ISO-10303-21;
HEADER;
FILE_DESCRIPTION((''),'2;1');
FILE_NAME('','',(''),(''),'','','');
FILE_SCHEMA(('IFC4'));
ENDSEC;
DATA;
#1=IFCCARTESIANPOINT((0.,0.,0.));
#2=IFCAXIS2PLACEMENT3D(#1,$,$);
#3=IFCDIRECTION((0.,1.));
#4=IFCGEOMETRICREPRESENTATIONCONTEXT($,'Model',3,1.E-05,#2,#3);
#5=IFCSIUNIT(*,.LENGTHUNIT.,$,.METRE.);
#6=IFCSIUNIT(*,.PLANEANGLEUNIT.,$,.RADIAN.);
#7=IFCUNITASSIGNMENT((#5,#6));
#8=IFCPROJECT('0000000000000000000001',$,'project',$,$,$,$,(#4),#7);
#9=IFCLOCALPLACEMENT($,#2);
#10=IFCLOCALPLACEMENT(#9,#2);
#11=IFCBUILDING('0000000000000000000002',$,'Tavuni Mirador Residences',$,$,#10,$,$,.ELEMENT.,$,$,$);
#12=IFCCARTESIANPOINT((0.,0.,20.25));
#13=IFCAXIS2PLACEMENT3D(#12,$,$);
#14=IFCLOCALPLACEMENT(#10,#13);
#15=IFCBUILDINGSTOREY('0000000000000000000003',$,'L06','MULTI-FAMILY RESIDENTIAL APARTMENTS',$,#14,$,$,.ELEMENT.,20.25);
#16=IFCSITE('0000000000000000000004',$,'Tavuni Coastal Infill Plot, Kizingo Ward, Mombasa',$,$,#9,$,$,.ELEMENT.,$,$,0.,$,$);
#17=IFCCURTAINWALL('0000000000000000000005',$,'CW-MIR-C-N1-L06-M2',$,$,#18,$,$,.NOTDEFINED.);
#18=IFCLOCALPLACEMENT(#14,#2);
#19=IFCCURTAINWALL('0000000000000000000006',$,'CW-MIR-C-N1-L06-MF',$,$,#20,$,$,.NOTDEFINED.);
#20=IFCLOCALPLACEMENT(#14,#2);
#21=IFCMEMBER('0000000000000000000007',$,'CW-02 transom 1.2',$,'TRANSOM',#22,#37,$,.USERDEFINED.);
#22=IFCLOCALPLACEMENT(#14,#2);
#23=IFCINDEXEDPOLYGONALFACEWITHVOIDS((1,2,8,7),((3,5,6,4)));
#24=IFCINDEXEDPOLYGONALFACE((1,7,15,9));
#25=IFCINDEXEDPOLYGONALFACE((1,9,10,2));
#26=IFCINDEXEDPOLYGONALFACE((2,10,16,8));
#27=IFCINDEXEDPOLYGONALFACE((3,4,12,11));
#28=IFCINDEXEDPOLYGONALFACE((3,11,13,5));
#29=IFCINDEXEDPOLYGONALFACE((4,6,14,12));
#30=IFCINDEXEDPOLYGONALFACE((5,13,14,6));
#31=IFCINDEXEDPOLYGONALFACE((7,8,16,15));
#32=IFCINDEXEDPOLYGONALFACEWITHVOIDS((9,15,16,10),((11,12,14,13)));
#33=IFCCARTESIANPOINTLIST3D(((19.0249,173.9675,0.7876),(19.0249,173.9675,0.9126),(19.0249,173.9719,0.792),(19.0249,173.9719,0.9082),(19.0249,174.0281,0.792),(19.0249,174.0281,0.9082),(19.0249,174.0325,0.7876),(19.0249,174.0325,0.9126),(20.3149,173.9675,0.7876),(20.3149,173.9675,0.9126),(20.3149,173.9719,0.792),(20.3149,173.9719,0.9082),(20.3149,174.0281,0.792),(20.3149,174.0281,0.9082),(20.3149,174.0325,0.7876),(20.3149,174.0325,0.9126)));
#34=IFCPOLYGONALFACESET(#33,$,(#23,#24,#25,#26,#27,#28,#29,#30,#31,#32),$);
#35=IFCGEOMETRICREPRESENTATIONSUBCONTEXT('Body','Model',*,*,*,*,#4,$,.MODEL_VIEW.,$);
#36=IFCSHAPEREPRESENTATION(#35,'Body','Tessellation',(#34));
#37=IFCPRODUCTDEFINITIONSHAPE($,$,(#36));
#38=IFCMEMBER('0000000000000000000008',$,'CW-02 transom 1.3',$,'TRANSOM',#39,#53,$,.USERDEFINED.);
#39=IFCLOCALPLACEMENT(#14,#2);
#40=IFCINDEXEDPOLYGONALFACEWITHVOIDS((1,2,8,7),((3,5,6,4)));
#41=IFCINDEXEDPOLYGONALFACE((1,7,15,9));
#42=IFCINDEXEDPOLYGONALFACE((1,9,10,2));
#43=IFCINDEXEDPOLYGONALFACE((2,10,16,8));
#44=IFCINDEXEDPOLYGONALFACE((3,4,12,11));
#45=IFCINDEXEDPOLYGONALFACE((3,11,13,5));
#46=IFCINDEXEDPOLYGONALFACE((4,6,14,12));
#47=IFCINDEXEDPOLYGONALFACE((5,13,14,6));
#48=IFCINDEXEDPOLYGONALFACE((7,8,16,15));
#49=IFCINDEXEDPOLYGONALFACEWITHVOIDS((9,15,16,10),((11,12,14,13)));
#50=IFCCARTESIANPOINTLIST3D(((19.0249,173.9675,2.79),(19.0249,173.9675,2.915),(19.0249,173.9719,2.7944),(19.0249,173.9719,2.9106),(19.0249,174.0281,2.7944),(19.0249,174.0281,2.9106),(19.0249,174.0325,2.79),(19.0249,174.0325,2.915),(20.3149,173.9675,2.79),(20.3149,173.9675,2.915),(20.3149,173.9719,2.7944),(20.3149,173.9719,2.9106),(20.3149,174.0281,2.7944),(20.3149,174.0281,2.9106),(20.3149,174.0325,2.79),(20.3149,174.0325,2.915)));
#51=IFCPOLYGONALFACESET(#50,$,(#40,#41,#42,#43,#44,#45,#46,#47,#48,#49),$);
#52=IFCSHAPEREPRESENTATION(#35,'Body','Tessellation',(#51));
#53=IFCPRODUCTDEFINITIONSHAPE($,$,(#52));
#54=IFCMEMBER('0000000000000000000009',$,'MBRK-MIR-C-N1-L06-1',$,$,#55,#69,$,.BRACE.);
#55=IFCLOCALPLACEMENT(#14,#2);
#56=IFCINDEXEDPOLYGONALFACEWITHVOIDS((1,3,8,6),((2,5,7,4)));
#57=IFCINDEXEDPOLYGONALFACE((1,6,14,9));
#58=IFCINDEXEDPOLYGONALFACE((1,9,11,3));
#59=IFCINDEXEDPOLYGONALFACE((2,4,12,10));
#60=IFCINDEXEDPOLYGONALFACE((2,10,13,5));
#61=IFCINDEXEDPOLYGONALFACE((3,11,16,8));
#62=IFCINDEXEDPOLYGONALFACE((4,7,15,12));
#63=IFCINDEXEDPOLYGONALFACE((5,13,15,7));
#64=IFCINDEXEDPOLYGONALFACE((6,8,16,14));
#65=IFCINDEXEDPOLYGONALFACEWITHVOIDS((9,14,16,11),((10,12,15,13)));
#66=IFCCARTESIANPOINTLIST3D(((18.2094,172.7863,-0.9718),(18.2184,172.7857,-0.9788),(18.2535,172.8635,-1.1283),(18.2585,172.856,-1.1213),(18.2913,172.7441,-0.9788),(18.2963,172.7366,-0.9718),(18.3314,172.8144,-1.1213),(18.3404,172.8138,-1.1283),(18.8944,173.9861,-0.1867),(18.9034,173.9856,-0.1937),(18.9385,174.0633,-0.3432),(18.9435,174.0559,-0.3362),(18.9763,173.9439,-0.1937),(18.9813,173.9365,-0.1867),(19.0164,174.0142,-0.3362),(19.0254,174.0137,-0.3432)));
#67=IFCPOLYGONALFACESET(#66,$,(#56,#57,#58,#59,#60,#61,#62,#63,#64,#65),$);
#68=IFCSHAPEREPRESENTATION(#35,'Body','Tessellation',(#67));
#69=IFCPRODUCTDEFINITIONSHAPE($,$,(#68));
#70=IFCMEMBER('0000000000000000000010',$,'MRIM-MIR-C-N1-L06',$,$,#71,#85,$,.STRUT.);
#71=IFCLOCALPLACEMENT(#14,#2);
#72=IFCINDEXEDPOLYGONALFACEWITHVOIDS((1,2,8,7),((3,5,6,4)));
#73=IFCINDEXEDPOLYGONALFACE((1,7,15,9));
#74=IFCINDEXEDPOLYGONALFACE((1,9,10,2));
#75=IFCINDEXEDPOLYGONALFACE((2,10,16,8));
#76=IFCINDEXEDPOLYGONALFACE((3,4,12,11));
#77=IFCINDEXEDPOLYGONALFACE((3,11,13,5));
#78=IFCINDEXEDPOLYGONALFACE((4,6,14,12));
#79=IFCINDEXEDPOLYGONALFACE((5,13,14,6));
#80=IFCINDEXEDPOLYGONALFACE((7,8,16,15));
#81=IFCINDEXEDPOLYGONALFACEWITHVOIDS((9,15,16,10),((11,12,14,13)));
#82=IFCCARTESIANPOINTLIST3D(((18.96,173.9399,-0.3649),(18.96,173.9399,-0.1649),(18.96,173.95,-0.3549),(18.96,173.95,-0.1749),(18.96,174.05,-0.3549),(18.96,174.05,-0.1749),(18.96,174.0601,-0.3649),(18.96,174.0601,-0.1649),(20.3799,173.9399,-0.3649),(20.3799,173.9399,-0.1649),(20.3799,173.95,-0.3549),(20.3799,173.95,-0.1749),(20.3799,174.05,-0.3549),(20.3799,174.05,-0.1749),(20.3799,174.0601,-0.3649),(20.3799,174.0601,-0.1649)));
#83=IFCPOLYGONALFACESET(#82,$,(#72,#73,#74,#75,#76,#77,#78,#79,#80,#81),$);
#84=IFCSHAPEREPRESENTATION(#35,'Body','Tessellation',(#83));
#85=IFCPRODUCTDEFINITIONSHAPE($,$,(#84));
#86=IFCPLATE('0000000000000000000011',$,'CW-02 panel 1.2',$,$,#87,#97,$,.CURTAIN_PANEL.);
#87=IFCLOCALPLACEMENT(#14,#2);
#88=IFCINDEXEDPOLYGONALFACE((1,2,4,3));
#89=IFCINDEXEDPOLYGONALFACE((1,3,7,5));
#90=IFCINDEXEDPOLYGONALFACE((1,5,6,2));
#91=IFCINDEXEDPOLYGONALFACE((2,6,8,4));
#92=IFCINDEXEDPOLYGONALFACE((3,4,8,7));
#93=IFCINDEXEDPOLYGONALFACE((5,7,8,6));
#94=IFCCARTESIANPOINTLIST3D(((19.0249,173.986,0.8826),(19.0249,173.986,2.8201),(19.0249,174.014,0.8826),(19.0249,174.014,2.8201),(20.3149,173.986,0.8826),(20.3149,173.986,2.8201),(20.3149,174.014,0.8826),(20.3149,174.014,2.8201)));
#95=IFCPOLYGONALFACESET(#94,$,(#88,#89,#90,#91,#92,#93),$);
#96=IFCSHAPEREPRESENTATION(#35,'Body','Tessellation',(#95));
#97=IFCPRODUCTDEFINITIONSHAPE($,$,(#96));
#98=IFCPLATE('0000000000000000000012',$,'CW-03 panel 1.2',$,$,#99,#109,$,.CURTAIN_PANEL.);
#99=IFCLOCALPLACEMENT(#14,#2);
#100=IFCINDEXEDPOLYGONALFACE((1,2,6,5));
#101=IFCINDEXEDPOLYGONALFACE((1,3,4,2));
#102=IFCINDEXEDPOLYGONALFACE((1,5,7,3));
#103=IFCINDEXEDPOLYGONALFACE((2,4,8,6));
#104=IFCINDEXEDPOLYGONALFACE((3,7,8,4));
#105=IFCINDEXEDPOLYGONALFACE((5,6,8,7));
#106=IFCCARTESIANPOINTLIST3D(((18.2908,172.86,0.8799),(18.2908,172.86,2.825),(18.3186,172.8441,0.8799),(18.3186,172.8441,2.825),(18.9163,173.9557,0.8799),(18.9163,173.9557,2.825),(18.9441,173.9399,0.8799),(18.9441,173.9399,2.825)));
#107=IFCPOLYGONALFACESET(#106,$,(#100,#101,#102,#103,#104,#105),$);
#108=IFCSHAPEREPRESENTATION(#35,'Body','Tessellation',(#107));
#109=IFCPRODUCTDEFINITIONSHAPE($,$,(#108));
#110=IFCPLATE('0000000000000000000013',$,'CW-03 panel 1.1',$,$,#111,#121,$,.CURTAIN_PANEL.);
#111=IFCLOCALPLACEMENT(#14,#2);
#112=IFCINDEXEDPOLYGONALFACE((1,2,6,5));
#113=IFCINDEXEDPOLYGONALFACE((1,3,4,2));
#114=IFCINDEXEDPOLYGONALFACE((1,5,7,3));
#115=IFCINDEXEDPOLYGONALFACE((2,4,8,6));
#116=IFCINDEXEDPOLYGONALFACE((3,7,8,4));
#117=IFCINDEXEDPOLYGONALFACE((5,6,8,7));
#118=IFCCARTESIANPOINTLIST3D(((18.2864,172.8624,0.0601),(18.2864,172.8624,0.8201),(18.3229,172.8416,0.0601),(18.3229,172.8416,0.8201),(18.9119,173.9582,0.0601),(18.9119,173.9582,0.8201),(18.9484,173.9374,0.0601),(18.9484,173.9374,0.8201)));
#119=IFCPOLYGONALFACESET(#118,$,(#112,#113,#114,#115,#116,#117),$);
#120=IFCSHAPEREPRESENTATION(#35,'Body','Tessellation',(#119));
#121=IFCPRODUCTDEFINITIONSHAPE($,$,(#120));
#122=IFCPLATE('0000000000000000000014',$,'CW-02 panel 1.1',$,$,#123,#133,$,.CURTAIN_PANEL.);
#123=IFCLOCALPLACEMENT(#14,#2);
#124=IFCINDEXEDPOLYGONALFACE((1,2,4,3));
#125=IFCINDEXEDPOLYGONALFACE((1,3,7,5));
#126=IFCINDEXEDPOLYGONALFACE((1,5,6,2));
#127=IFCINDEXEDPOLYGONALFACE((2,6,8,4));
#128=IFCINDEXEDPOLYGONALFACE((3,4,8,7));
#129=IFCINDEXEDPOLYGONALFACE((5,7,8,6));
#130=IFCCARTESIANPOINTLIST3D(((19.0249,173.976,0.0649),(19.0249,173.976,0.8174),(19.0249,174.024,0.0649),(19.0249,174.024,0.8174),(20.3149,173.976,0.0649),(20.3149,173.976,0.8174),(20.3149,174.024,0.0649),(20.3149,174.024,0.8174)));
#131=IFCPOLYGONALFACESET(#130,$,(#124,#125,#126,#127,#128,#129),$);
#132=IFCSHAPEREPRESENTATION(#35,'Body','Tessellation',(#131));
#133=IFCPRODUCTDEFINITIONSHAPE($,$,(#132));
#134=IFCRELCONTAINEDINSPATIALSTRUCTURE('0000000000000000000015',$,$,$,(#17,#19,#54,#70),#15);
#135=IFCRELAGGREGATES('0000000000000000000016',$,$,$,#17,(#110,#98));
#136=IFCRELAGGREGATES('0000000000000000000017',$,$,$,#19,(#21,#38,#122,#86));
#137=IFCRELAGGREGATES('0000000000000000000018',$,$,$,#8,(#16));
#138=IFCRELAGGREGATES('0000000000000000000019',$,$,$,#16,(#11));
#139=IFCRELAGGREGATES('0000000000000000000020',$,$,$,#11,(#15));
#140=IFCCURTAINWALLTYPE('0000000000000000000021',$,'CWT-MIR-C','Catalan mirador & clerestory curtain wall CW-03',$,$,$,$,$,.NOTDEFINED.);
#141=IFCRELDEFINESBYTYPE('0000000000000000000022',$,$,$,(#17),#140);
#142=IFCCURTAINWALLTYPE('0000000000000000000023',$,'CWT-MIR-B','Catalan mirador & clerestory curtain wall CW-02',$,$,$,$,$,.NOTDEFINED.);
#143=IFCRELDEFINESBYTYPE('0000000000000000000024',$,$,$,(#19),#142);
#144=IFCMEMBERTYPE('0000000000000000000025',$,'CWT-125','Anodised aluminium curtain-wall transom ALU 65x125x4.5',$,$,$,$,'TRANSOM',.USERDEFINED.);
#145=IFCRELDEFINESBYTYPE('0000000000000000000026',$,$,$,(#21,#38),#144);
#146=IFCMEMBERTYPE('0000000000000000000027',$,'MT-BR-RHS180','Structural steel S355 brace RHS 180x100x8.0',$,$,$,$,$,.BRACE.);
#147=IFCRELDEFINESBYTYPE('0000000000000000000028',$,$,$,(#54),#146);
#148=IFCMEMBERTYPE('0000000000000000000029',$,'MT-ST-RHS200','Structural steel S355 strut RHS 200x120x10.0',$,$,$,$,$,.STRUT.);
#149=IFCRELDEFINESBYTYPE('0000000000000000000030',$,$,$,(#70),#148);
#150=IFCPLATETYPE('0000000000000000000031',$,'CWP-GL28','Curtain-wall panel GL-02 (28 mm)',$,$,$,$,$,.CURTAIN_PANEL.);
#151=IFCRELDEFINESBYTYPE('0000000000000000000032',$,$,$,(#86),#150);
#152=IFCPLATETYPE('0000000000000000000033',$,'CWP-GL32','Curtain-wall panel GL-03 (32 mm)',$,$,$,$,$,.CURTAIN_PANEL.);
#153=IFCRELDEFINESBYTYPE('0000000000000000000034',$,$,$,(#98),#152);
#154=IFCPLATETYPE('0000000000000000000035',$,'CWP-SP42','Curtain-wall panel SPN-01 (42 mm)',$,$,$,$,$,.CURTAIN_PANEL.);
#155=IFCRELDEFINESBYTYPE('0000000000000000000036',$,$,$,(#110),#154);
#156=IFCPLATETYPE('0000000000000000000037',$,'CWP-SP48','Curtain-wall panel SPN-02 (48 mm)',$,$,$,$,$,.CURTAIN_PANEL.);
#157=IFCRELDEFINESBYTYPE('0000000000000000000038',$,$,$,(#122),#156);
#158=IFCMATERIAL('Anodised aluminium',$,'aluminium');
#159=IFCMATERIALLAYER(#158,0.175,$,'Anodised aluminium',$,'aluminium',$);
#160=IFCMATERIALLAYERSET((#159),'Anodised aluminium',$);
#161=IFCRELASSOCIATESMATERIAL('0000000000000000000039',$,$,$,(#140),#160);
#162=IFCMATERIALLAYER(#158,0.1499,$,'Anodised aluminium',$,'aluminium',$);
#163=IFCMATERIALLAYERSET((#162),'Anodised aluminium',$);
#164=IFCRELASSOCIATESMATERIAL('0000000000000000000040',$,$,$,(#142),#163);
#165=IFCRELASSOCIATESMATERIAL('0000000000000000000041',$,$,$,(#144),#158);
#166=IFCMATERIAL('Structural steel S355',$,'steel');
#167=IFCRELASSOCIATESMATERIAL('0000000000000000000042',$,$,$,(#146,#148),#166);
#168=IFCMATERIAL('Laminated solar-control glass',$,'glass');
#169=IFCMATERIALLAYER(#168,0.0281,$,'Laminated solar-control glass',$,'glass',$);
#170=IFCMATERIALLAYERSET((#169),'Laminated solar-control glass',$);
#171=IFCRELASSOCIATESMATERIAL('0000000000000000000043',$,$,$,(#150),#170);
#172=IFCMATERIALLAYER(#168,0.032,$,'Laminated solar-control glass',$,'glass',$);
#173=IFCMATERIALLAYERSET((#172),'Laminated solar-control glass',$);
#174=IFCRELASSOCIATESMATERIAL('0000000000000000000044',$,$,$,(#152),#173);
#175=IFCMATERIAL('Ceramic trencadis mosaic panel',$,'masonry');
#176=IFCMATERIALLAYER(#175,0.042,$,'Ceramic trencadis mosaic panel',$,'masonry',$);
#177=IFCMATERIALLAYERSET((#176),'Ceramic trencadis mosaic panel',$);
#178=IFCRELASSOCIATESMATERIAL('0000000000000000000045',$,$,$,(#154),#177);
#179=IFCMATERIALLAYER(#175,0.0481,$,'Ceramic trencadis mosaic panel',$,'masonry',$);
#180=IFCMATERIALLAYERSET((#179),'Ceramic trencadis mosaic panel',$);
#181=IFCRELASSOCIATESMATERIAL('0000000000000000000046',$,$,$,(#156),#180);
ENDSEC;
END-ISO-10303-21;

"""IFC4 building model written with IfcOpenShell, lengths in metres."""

from ifc_helpers import new_model, si_unit, direction, frame, origin, origin_2d, place, context, subcontext, project, spatial, rectangle, hollow_rectangle, extrude, material, layer, layer_set, material_profile, profile_set, type_object, element, aggregate, save


model = new_model("IFC4")

# Units and contexts
model_context = context("Model", 3, precision=1e-05, world=origin(), true_north=direction((0.0, 1.0)))
body_context = subcontext(model_context, "Body", "Model", "MODEL_VIEW")
ifc_project = project(units=[si_unit("LENGTHUNIT", "METRE"), si_unit("PLANEANGLEUNIT", "RADIAN")], contexts=[model_context])

# Site, building, storey
site_placement = place(None, origin())
site = spatial("IfcSite", under=ifc_project, at=site_placement, Name="Tavuni Coastal Infill Plot, Kizingo Ward, Mombasa", CompositionType="ELEMENT", RefElevation=0.0)
building_placement = place(site_placement, origin())
building = spatial("IfcBuilding", under=site, at=building_placement, Name="Tavuni Mirador Residences", CompositionType="ELEMENT")
storey_placement = place(building_placement, frame((0.0, 0.0, 20.25)))
storey = spatial("IfcBuildingStorey", under=building, at=storey_placement, Name="L06", Description="MULTI-FAMILY RESIDENTIAL APARTMENTS", CompositionType="ELEMENT", Elevation=20.25)

# Curtain walls
ifc_material_1 = material(Name="Anodised aluminium", Category="aluminium")
ifc_layer_1 = layer(ifc_material_1, 0.175, Name="Anodised aluminium", Category="aluminium")
ifc_layer_set_1 = layer_set([ifc_layer_1], Name="Anodised aluminium")
curtain_wall_type_1 = type_object("IfcCurtainWallType", Name="CWT-MIR-C", Description="Catalan mirador & clerestory curtain wall CW-03", PredefinedType="NOTDEFINED", material=ifc_layer_set_1)
curtain_wall_1_placement = place(storey_placement, origin())
curtain_wall_1 = element("IfcCurtainWall", 1, at=curtain_wall_1_placement, inside=storey, type_object=curtain_wall_type_1, Name="CW-MIR-C-N1-L06-M2", PredefinedType="NOTDEFINED")
ifc_layer_2 = layer(ifc_material_1, 0.1499, Name="Anodised aluminium", Category="aluminium")
ifc_layer_set_2 = layer_set([ifc_layer_2], Name="Anodised aluminium")
curtain_wall_type_2 = type_object("IfcCurtainWallType", Name="CWT-MIR-B", Description="Catalan mirador & clerestory curtain wall CW-02", PredefinedType="NOTDEFINED", material=ifc_layer_set_2)
curtain_wall_2_placement = place(storey_placement, origin())
curtain_wall_2 = element("IfcCurtainWall", 2, at=curtain_wall_2_placement, inside=storey, type_object=curtain_wall_type_2, Name="CW-MIR-C-N1-L06-MF", PredefinedType="NOTDEFINED")

# Members
ifc_material_profile_1 = material_profile(ifc_material_1, hollow_rectangle(XDim=0.0649, YDim=0.125, WallThickness=0.0044, at=origin_2d()), Name="ALU 65x125x4.5", Category="aluminium")
ifc_profile_set_1 = profile_set([ifc_material_profile_1], Name="Anodised aluminium")
member_type_1 = type_object("IfcMemberType", Name="CWT-125", Description="Anodised aluminium curtain-wall transom ALU 65x125x4.5", ElementType="TRANSOM", PredefinedType="USERDEFINED", material=ifc_profile_set_1)
member_1_placement = place(storey_placement, frame((20.3149, 174.0, 0.8501), z_axis=(-1.0, 0.0, 0.0), x_axis=(0.0, -1.0, 0.0)))
member_1 = element("IfcMember", 3, at=member_1_placement, type_object=member_type_1, Name="CW-02 transom 1.2", ObjectType="TRANSOM", PredefinedType="USERDEFINED", context=body_context, shape_type="SweptSolid", body=[
    extrude(hollow_rectangle(XDim=0.0649, YDim=0.125, WallThickness=0.0044, at=origin_2d()), origin(), (0.0, 0.0, 1.0), 1.29),
])
member_2_placement = place(storey_placement, frame((20.3149, 174.0, 2.8525), z_axis=(-1.0, 0.0, 0.0), x_axis=(0.0, -1.0, 0.0)))
member_2 = element("IfcMember", 4, at=member_2_placement, type_object=member_type_1, Name="CW-02 transom 1.3", ObjectType="TRANSOM", PredefinedType="USERDEFINED", context=body_context, shape_type="SweptSolid", body=[
    extrude(hollow_rectangle(XDim=0.0649, YDim=0.125, WallThickness=0.0044, at=origin_2d()), origin(), (0.0, 0.0, 1.0), 1.29),
])

# Members
ifc_material_2 = material(Name="Structural steel S355", Category="steel")
ifc_material_profile_2 = material_profile(ifc_material_2, hollow_rectangle(XDim=0.1001, YDim=0.1799, WallThickness=0.0081, at=origin_2d()), Name="RHS 180x100x8.0", Category="steel")
ifc_profile_set_2 = profile_set([ifc_material_profile_2], Name="Structural steel S355")
member_type_2 = type_object("IfcMemberType", Name="MT-BR-RHS180", Description="Structural steel S355 brace RHS 180x100x8.0", PredefinedType="BRACE", material=ifc_profile_set_2)
member_3_placement = place(storey_placement, frame((18.2749, 172.8, -1.05), z_axis=(0.431063, 0.755051, 0.494048), x_axis=(-0.868439, 0.495796, 0.0)))
element("IfcMember", 5, at=member_3_placement, inside=storey, type_object=member_type_2, Name="MBRK-MIR-C-N1-L06-1", PredefinedType="BRACE", context=body_context, shape_type="SweptSolid", body=[
    extrude(hollow_rectangle(XDim=0.1001, YDim=0.1799, WallThickness=0.0081, at=origin_2d()), origin(), (0.0, 0.0, 1.0), 1.5891),
])
ifc_material_profile_3 = material_profile(ifc_material_2, hollow_rectangle(XDim=0.1201, YDim=0.2, WallThickness=0.01, at=origin_2d()), Name="RHS 200x120x10.0", Category="steel")
ifc_profile_set_3 = profile_set([ifc_material_profile_3], Name="Structural steel S355")
member_type_3 = type_object("IfcMemberType", Name="MT-ST-RHS200", Description="Structural steel S355 strut RHS 200x120x10.0", PredefinedType="STRUT", material=ifc_profile_set_3)
member_4_placement = place(storey_placement, frame((18.96, 174.0, -0.2649), z_axis=(1.0, 0.0, 0.0), x_axis=(0.0, 1.0, 0.0)))
element("IfcMember", 6, at=member_4_placement, inside=storey, type_object=member_type_3, Name="MRIM-MIR-C-N1-L06", PredefinedType="STRUT", context=body_context, shape_type="SweptSolid", body=[
    extrude(hollow_rectangle(XDim=0.1201, YDim=0.2, WallThickness=0.01, at=origin_2d()), origin(), (0.0, 0.0, 1.0), 1.4199),
])

# Plates
ifc_material_3 = material(Name="Laminated solar-control glass", Category="glass")
ifc_layer_3 = layer(ifc_material_3, 0.0281, Name="Laminated solar-control glass", Category="glass")
ifc_layer_set_3 = layer_set([ifc_layer_3], Name="Laminated solar-control glass")
plate_type_1 = type_object("IfcPlateType", Name="CWP-GL28", Description="Curtain-wall panel GL-02 (28 mm)", PredefinedType="CURTAIN_PANEL", material=ifc_layer_set_3)
plate_1_placement = place(storey_placement, frame((19.6699, 174.0, 0.8826), z_axis=(0.0, 0.0, 1.0), x_axis=(-1.0, 0.0, 0.0)))
plate_1 = element("IfcPlate", 7, at=plate_1_placement, type_object=plate_type_1, Name="CW-02 panel 1.2", PredefinedType="CURTAIN_PANEL", context=body_context, shape_type="SweptSolid", body=[
    extrude(rectangle(XDim=1.29, YDim=0.0281, at=origin_2d()), origin(), (0.0, 0.0, 1.0), 1.9375),
])
ifc_layer_4 = layer(ifc_material_3, 0.032, Name="Laminated solar-control glass", Category="glass")
ifc_layer_set_4 = layer_set([ifc_layer_4], Name="Laminated solar-control glass")
plate_type_2 = type_object("IfcPlateType", Name="CWP-GL32", Description="Curtain-wall panel GL-03 (32 mm)", PredefinedType="CURTAIN_PANEL", material=ifc_layer_set_4)
plate_2_placement = place(storey_placement, frame((18.6174, 173.3999, 0.8799), z_axis=(0.0, 0.0, 1.0), x_axis=(-0.495749, -0.868466, 0.0)))
plate_2 = element("IfcPlate", 8, at=plate_2_placement, type_object=plate_type_2, Name="CW-03 panel 1.2", PredefinedType="CURTAIN_PANEL", context=body_context, shape_type="SweptSolid", body=[
    extrude(rectangle(XDim=1.2617, YDim=0.032, at=origin_2d()), origin(), (0.0, 0.0, 1.0), 1.9451),
])
ifc_material_4 = material(Name="Ceramic trencadis mosaic panel", Category="masonry")
ifc_layer_5 = layer(ifc_material_4, 0.042, Name="Ceramic trencadis mosaic panel", Category="masonry")
ifc_layer_set_5 = layer_set([ifc_layer_5], Name="Ceramic trencadis mosaic panel")
plate_type_3 = type_object("IfcPlateType", Name="CWP-SP42", Description="Curtain-wall panel SPN-01 (42 mm)", PredefinedType="CURTAIN_PANEL", material=ifc_layer_set_5)
plate_3_placement = place(storey_placement, frame((18.6174, 173.3999, 0.0601), z_axis=(0.0, 0.0, 1.0), x_axis=(-0.495749, -0.868466, 0.0)))
plate_3 = element("IfcPlate", 9, at=plate_3_placement, type_object=plate_type_3, Name="CW-03 panel 1.1", PredefinedType="CURTAIN_PANEL", context=body_context, shape_type="SweptSolid", body=[
    extrude(rectangle(XDim=1.2617, YDim=0.042, at=origin_2d()), origin(), (0.0, 0.0, 1.0), 0.76),
])
aggregate(curtain_wall_1, [plate_3, plate_2])
ifc_layer_6 = layer(ifc_material_4, 0.0481, Name="Ceramic trencadis mosaic panel", Category="masonry")
ifc_layer_set_6 = layer_set([ifc_layer_6], Name="Ceramic trencadis mosaic panel")
plate_type_4 = type_object("IfcPlateType", Name="CWP-SP48", Description="Curtain-wall panel SPN-02 (48 mm)", PredefinedType="CURTAIN_PANEL", material=ifc_layer_set_6)
plate_4_placement = place(storey_placement, frame((19.6699, 174.0, 0.0649), z_axis=(0.0, 0.0, 1.0), x_axis=(-1.0, 0.0, 0.0)))
plate_4 = element("IfcPlate", 10, at=plate_4_placement, type_object=plate_type_4, Name="CW-02 panel 1.1", PredefinedType="CURTAIN_PANEL", context=body_context, shape_type="SweptSolid", body=[
    extrude(rectangle(XDim=1.29, YDim=0.0481, at=origin_2d()), origin(), (0.0, 0.0, 1.0), 0.7524),
])
aggregate(curtain_wall_2, [member_1, member_2, plate_4, plate_1])

save(model, "model.ifc")
